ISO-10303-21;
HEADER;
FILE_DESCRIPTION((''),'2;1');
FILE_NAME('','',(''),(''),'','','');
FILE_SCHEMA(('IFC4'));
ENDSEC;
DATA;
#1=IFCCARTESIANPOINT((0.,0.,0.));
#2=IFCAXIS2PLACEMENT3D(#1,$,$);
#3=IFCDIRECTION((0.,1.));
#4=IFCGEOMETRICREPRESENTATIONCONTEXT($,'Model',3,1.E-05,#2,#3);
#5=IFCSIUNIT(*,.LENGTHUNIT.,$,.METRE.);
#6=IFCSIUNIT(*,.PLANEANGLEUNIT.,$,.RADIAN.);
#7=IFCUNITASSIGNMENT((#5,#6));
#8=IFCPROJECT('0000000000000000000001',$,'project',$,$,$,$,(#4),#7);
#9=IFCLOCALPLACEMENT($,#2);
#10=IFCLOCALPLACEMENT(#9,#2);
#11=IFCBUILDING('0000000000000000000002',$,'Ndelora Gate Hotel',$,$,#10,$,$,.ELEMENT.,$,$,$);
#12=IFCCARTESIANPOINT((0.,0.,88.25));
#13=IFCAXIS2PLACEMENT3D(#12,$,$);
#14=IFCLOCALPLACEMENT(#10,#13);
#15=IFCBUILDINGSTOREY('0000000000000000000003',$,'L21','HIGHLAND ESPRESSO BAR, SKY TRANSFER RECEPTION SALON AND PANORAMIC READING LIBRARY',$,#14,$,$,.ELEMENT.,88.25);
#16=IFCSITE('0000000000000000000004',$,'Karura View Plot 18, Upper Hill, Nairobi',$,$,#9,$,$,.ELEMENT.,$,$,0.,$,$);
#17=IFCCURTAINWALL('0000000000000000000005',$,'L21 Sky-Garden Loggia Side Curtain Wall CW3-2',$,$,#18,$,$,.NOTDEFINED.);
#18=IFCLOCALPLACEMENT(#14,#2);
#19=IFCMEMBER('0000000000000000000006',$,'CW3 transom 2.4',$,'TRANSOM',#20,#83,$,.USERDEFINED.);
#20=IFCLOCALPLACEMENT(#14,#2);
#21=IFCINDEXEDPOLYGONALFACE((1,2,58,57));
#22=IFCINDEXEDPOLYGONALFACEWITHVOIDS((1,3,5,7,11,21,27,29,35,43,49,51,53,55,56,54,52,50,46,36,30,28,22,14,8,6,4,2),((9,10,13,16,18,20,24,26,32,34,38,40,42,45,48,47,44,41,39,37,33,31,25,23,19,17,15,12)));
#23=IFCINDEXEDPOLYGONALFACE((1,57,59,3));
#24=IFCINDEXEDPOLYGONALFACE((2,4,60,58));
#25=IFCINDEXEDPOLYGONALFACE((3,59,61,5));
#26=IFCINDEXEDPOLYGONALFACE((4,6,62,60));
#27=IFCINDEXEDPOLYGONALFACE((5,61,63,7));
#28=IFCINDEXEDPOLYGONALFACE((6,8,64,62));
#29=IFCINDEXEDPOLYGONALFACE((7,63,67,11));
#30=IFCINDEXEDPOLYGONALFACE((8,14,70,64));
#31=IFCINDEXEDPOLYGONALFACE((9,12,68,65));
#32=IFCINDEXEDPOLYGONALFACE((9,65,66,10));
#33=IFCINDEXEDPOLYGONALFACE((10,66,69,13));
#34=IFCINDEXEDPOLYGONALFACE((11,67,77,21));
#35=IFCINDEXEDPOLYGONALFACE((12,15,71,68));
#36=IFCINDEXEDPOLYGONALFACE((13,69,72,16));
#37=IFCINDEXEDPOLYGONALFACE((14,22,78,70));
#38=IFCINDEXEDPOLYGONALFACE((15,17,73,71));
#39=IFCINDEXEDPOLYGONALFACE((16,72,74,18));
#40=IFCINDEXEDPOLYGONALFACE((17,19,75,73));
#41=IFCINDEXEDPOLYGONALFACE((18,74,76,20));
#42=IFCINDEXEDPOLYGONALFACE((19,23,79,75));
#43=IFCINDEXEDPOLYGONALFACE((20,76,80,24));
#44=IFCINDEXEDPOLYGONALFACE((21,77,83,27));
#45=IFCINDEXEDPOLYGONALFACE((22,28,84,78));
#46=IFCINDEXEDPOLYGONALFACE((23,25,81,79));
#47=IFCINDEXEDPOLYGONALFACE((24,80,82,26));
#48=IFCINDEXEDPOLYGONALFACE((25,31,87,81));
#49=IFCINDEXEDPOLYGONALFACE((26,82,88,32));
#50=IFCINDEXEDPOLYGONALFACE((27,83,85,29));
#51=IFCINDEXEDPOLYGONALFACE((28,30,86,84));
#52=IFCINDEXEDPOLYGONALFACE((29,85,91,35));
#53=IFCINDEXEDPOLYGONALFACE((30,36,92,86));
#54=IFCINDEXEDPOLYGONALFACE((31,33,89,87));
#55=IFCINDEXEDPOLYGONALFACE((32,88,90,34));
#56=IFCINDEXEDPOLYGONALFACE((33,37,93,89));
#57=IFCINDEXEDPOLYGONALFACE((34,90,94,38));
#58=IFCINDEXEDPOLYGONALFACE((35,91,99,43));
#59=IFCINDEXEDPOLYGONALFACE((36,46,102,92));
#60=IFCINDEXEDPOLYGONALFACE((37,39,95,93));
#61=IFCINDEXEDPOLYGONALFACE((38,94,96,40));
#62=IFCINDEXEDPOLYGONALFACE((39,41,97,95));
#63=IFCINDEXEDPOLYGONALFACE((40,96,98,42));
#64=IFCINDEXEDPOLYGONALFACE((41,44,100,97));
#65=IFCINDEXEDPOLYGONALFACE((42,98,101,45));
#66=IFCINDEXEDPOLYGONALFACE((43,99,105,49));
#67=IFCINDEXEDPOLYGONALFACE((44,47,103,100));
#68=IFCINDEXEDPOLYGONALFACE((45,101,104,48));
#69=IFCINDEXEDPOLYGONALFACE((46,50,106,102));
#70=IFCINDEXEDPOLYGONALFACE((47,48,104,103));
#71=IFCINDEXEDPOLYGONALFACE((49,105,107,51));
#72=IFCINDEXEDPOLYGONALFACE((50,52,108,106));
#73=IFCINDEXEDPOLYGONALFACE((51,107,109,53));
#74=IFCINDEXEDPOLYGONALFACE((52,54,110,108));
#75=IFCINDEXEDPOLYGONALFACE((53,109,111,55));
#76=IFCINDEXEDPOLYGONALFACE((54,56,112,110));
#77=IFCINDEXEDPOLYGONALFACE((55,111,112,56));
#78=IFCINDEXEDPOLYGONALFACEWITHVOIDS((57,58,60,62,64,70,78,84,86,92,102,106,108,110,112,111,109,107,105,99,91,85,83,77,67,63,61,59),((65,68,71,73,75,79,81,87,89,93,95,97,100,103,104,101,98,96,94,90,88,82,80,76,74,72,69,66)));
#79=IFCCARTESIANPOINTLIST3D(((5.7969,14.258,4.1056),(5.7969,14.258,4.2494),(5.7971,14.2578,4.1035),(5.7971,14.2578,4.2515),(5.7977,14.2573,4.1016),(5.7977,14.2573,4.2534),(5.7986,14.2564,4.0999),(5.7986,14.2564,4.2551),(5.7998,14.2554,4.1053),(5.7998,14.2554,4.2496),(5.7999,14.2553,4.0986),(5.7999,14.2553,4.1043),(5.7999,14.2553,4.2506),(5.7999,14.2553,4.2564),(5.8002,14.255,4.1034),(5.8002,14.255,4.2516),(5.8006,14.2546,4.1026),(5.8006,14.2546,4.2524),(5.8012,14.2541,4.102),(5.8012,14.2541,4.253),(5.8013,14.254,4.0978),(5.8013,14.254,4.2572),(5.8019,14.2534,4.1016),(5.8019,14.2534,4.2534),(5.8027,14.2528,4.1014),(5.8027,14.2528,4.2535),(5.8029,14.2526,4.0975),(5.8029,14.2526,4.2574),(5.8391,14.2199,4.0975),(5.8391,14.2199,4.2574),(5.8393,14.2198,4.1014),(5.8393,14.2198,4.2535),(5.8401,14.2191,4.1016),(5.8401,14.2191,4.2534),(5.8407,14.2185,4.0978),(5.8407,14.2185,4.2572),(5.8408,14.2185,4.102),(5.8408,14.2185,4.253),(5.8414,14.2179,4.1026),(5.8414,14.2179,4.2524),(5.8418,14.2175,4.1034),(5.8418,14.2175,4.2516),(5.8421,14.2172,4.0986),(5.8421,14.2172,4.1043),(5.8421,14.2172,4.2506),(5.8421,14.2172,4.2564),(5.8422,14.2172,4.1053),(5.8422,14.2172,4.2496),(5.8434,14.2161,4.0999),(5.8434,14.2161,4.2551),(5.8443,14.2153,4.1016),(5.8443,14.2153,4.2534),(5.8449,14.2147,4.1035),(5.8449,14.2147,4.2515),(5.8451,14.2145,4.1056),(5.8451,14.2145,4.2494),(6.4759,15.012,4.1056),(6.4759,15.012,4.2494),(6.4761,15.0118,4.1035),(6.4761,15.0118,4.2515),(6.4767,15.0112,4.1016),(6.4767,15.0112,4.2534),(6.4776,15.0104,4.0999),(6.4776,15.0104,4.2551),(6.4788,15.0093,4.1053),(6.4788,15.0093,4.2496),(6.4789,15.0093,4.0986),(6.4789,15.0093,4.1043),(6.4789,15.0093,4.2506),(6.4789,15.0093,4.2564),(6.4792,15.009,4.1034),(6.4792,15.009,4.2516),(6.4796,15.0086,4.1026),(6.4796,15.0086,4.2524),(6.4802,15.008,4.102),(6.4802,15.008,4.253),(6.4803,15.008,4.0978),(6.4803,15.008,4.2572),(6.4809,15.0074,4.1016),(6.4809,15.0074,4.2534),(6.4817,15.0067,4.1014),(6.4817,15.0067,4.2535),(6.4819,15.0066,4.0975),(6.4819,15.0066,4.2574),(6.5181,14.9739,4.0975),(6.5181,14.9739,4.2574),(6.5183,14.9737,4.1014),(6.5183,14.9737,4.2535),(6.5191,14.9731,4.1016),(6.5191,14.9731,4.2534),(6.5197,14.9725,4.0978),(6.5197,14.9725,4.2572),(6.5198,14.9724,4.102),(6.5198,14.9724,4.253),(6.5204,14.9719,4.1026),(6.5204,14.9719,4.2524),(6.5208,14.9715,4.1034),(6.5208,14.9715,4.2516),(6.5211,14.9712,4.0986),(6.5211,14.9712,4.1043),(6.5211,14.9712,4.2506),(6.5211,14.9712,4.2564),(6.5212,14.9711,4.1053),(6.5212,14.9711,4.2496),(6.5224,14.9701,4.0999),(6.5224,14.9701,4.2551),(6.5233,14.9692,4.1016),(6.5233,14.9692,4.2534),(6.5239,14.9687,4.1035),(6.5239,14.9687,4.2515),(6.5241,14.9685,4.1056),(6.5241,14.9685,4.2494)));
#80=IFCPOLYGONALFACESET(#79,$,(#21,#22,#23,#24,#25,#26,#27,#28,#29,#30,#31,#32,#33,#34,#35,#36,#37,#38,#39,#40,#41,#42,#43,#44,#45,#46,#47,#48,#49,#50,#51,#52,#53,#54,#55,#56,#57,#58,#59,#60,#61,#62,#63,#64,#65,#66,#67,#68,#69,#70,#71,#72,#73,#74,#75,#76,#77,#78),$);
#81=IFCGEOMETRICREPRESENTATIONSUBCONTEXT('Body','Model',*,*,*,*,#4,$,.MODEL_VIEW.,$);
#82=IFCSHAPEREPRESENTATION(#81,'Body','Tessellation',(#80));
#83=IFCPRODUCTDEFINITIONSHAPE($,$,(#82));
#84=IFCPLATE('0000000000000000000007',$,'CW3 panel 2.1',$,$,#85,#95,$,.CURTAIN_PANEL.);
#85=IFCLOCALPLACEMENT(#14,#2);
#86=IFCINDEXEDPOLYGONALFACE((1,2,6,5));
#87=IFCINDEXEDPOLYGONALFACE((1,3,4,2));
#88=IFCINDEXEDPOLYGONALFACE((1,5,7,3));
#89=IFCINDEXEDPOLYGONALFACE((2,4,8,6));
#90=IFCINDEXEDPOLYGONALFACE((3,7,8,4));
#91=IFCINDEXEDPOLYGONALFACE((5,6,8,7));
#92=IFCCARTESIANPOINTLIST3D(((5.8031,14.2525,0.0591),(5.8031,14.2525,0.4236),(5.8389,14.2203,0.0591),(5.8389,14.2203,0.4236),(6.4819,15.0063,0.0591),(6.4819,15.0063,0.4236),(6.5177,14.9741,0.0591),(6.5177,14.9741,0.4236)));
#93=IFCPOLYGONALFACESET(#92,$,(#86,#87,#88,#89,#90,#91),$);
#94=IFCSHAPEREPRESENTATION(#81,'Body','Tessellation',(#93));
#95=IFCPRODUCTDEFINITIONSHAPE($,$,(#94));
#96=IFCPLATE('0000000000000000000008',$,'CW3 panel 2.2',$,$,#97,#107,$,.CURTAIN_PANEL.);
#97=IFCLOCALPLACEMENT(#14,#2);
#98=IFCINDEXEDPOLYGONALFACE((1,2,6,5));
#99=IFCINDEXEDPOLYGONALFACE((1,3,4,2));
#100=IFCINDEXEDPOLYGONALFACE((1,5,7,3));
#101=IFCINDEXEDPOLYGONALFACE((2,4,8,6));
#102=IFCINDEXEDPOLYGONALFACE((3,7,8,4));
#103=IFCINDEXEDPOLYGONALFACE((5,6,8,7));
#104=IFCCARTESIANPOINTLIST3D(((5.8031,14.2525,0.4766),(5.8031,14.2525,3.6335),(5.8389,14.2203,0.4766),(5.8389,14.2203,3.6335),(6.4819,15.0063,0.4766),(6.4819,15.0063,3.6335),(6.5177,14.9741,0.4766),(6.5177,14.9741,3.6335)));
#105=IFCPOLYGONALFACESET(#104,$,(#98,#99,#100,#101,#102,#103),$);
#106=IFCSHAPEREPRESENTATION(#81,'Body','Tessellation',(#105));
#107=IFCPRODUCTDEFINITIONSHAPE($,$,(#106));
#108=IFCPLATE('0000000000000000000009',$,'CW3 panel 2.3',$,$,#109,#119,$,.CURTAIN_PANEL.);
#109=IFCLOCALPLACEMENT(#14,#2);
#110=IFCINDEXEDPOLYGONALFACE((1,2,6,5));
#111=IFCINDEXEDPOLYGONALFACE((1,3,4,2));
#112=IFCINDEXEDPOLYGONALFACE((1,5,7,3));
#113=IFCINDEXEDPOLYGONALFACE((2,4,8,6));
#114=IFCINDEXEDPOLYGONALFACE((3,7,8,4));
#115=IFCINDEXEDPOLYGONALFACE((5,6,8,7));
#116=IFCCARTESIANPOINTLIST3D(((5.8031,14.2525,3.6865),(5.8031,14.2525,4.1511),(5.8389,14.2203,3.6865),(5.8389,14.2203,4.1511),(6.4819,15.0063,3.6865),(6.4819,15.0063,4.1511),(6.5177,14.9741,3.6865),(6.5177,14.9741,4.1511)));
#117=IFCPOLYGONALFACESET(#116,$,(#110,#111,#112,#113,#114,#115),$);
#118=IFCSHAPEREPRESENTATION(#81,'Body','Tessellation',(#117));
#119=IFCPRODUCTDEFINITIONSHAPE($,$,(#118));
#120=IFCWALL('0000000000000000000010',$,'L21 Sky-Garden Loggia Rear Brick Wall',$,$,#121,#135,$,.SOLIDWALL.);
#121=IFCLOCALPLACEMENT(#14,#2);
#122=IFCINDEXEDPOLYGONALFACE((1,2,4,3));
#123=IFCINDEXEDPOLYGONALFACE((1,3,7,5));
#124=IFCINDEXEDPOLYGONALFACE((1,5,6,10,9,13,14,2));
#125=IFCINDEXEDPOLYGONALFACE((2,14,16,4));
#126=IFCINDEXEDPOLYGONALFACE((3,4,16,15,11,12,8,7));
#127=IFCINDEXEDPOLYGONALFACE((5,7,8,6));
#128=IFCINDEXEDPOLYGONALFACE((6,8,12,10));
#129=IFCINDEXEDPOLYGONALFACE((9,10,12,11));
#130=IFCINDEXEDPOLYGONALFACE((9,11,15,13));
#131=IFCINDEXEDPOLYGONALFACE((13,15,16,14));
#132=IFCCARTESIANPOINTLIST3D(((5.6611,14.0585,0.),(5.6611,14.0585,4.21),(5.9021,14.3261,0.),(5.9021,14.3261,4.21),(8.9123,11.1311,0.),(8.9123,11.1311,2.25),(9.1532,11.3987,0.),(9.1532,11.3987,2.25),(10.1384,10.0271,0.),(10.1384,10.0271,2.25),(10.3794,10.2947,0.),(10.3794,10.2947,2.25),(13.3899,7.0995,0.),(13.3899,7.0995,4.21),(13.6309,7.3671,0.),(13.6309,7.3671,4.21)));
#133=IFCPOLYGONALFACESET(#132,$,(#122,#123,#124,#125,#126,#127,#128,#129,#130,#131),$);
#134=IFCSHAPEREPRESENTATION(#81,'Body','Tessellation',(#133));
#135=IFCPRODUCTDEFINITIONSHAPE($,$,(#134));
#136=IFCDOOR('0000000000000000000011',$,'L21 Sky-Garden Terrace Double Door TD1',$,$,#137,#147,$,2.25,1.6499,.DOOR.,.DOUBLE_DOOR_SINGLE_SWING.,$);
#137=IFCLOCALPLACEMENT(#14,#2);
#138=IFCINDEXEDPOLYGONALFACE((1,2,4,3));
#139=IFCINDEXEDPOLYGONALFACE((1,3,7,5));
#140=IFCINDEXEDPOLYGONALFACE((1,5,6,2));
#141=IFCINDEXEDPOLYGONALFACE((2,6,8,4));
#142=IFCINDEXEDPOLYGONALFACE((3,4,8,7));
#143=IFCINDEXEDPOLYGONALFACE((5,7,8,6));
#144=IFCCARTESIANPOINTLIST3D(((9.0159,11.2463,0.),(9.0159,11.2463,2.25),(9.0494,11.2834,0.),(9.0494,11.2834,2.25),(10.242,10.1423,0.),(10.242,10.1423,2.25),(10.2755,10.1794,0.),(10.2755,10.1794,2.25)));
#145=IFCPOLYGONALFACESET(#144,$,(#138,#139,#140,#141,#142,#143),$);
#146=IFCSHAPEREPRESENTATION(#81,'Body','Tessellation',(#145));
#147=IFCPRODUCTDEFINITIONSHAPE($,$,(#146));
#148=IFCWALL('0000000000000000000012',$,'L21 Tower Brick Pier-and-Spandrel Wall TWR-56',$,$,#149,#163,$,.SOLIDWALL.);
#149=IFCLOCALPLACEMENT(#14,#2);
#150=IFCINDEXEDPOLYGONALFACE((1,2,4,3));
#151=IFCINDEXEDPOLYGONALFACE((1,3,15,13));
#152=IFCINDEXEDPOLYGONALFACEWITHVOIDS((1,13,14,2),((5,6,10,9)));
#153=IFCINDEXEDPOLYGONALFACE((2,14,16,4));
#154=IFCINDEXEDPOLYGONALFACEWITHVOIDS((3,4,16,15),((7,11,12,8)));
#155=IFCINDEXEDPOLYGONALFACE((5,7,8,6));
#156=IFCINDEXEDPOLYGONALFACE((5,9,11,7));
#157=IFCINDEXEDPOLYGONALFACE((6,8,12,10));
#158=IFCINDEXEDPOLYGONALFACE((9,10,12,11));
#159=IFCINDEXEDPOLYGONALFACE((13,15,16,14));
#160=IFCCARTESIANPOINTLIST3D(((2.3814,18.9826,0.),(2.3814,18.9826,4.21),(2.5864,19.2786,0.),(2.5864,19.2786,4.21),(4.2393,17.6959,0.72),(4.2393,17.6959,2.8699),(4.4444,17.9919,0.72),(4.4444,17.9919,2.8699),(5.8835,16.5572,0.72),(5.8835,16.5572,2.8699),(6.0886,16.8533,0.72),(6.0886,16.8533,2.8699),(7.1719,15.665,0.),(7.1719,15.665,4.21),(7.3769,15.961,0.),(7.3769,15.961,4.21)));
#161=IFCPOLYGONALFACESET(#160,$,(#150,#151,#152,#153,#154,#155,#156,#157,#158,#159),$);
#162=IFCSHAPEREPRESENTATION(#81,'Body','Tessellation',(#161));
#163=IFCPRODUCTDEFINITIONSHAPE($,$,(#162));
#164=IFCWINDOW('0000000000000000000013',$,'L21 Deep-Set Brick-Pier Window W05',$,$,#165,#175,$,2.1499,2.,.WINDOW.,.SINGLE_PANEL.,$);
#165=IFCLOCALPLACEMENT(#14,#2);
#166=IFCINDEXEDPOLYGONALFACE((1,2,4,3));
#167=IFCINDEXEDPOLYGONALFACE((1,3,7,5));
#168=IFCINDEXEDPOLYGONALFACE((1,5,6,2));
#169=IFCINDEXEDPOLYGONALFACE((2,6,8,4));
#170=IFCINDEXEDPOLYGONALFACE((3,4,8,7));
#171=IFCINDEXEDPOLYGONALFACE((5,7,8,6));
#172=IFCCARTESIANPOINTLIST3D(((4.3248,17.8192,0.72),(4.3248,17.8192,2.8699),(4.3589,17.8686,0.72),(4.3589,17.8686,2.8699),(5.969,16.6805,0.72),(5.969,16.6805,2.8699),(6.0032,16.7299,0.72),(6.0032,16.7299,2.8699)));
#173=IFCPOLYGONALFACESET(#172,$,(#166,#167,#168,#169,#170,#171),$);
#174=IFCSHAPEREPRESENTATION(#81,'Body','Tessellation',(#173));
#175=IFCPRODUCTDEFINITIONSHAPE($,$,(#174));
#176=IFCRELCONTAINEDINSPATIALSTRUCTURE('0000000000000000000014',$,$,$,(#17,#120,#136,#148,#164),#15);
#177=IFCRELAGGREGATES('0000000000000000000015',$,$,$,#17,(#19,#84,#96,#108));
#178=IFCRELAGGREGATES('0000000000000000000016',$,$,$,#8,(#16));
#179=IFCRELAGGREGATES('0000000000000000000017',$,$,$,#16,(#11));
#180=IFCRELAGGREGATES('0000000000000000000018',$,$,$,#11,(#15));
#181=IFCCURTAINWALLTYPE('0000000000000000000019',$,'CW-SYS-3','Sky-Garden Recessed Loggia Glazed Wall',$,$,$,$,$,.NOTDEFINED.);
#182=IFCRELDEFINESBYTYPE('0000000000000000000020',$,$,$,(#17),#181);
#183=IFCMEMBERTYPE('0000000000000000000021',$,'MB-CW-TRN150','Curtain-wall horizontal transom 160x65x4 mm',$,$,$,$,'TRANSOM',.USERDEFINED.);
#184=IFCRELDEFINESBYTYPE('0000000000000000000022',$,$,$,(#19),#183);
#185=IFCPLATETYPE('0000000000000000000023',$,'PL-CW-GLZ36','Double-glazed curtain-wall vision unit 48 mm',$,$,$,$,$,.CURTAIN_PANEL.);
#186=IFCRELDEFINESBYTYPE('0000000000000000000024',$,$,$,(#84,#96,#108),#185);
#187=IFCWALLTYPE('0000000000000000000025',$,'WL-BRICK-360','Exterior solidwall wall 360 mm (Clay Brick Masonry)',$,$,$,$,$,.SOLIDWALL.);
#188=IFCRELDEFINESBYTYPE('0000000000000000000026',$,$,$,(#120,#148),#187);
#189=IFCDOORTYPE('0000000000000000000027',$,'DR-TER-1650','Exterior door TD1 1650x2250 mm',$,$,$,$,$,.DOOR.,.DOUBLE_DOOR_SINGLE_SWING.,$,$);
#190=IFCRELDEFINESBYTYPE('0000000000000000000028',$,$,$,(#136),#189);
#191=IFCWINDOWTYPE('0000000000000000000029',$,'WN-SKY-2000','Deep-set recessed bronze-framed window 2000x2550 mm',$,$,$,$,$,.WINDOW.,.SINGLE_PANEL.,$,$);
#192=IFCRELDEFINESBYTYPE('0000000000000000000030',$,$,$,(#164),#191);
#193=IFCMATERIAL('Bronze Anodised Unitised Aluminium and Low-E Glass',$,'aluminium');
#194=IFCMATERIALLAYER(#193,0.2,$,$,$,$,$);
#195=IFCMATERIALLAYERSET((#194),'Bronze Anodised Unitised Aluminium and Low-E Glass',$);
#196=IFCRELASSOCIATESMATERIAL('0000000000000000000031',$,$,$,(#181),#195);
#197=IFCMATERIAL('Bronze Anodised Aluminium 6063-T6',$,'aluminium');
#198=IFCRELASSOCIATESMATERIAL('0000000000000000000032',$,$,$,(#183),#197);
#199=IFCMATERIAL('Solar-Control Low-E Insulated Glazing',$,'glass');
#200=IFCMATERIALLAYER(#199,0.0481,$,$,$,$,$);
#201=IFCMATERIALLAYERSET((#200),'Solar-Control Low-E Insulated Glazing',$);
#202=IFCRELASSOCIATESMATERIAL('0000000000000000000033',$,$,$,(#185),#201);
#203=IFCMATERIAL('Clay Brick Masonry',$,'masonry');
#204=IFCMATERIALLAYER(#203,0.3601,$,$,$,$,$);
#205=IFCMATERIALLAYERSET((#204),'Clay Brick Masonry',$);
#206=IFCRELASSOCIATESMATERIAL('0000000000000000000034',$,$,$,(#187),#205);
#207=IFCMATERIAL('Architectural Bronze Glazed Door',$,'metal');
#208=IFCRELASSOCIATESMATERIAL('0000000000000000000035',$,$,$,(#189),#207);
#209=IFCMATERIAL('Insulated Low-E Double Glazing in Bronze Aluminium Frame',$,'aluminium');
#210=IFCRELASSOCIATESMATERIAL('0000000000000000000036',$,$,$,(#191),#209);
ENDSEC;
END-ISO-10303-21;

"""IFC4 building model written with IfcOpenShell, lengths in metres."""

from ifc_helpers import new_model, si_unit, direction, frame, frame_2d, origin, origin_2d, place, context, subcontext, project, spatial, rectangle, hollow_rectangle, extrude, material, layer, layer_set, material_profile, profile_set, type_object, element, fill, aggregate, save


model = new_model("IFC4")

# Units and contexts
model_context = context("Model", 3, precision=1e-05, world=origin(), true_north=direction((0.0, 1.0)))
body_context = subcontext(model_context, "Body", "Model", "MODEL_VIEW")
ifc_project = project(units=[si_unit("LENGTHUNIT", "METRE"), si_unit("PLANEANGLEUNIT", "RADIAN")], contexts=[model_context])

# Site, building, storey
site_placement = place(None, origin())
site = spatial("IfcSite", under=ifc_project, at=site_placement, Name="Karura View Plot 18, Upper Hill, Nairobi", CompositionType="ELEMENT", RefElevation=0.0)
building_placement = place(site_placement, origin())
building = spatial("IfcBuilding", under=site, at=building_placement, Name="Ndelora Gate Hotel", CompositionType="ELEMENT")
storey_placement = place(building_placement, frame((0.0, 0.0, 88.25)))
storey = spatial("IfcBuildingStorey", under=building, at=storey_placement, Name="L21", Description="HIGHLAND ESPRESSO BAR, SKY TRANSFER RECEPTION SALON AND PANORAMIC READING LIBRARY", CompositionType="ELEMENT", Elevation=88.25)

# Curtain wall, member, plates
ifc_material_1 = material(Name="Bronze Anodised Unitised Aluminium and Low-E Glass", Category="aluminium")
ifc_layer_1 = layer(ifc_material_1, 0.2)
ifc_layer_set_1 = layer_set([ifc_layer_1], Name="Bronze Anodised Unitised Aluminium and Low-E Glass")
curtain_wall_type = type_object("IfcCurtainWallType", Name="CW-SYS-3", Description="Sky-Garden Recessed Loggia Glazed Wall", PredefinedType="NOTDEFINED", material=ifc_layer_set_1)
curtain_wall_placement = place(storey_placement, origin())
curtain_wall = element("IfcCurtainWall", 1, at=curtain_wall_placement, inside=storey, type_object=curtain_wall_type, Name="L21 Sky-Garden Loggia Side Curtain Wall CW3-2", PredefinedType="NOTDEFINED")
ifc_material_2 = material(Name="Bronze Anodised Aluminium 6063-T6", Category="aluminium")
ifc_material_profile_1 = material_profile(ifc_material_2, hollow_rectangle(XDim=0.0649, YDim=0.1599, WallThickness=0.0039, InnerFilletRadius=0.0039, OuterFilletRadius=0.0081, at=origin_2d()), Name="ALU 160x65x4")
ifc_profile_set_1 = profile_set([ifc_material_profile_1], Name="Bronze Anodised Aluminium 6063-T6")
member_type_1 = type_object("IfcMemberType", Name="MB-CW-TRN150", Description="Curtain-wall horizontal transom 160x65x4 mm", ElementType="TRANSOM", PredefinedType="USERDEFINED", material=ifc_profile_set_1)
member_1_placement = place(storey_placement, frame((6.5, 14.9902, 4.1775), z_axis=(-0.669204, -0.743079, 0.0), x_axis=(0.743079, -0.669204, 0.0)))
member_1 = element("IfcMember", 2, at=member_1_placement, type_object=member_type_1, Name="CW3 transom 2.4", ObjectType="TRANSOM", PredefinedType="USERDEFINED", context=body_context, shape_type="SweptSolid", body=[
    extrude(hollow_rectangle(XDim=0.0649, YDim=0.1599, WallThickness=0.0039, InnerFilletRadius=0.0039, OuterFilletRadius=0.0081, at=origin_2d()), origin(), (0.0, 0.0, 1.0), 1.0146),
])
ifc_material_3 = material(Name="Solar-Control Low-E Insulated Glazing", Category="glass")
ifc_layer_2 = layer(ifc_material_3, 0.0481)
ifc_layer_set_2 = layer_set([ifc_layer_2], Name="Solar-Control Low-E Insulated Glazing")
plate_type = type_object("IfcPlateType", Name="PL-CW-GLZ36", Description="Double-glazed curtain-wall vision unit 48 mm", PredefinedType="CURTAIN_PANEL", material=ifc_layer_set_2)
plate_1_placement = place(storey_placement, frame((6.1604, 14.6133, 0.0591), z_axis=(0.0, 0.0, 1.0), x_axis=(-0.669138, -0.743138, 0.0)))
plate_1 = element("IfcPlate", 3, at=plate_1_placement, type_object=plate_type, Name="CW3 panel 2.1", PredefinedType="CURTAIN_PANEL", context=body_context, shape_type="SweptSolid", body=[
    extrude(rectangle(XDim=1.0144, YDim=0.0481, at=origin_2d()), origin(), (0.0, 0.0, 1.0), 0.3645),
])
plate_2_placement = place(storey_placement, frame((6.1604, 14.6133, 0.4766), z_axis=(0.0, 0.0, 1.0), x_axis=(-0.669138, -0.743138, 0.0)))
plate_2 = element("IfcPlate", 4, at=plate_2_placement, type_object=plate_type, Name="CW3 panel 2.2", PredefinedType="CURTAIN_PANEL", context=body_context, shape_type="SweptSolid", body=[
    extrude(rectangle(XDim=1.0144, YDim=0.0481, at=origin_2d()), origin(), (0.0, 0.0, 1.0), 3.157),
])
plate_3_placement = place(storey_placement, frame((6.1604, 14.6133, 3.6865), z_axis=(0.0, 0.0, 1.0), x_axis=(-0.669138, -0.743138, 0.0)))
plate_3 = element("IfcPlate", 5, at=plate_3_placement, type_object=plate_type, Name="CW3 panel 2.3", PredefinedType="CURTAIN_PANEL", context=body_context, shape_type="SweptSolid", body=[
    extrude(rectangle(XDim=1.0144, YDim=0.0481, at=origin_2d()), origin(), (0.0, 0.0, 1.0), 0.4646),
])
aggregate(curtain_wall, [member_1, plate_1, plate_2, plate_3])

# Wall, opening, door
ifc_material_4 = material(Name="Clay Brick Masonry", Category="masonry")
ifc_layer_3 = layer(ifc_material_4, 0.3601)
ifc_layer_set_3 = layer_set([ifc_layer_3], Name="Clay Brick Masonry")
wall_type_1 = type_object("IfcWallType", Name="WL-BRICK-360", Description="Exterior solidwall wall 360 mm (Clay Brick Masonry)", PredefinedType="SOLIDWALL", material=ifc_layer_set_3)
wall_1_placement = place(storey_placement, frame((5.7815, 14.1924, 0.0), z_axis=(0.0, 0.0, 1.0), x_axis=(0.743146, -0.669129, 0.0)))
wall_1 = element("IfcWall", 6, at=wall_1_placement, inside=storey, type_object=wall_type_1, Name="L21 Sky-Garden Loggia Rear Brick Wall", PredefinedType="SOLIDWALL", context=body_context, shape_type="SweptSolid", body=[
    extrude(rectangle(XDim=10.4001, YDim=0.3601, at=frame_2d((5.2002, 0.0))), origin(), (0.0, 0.0, 1.0), 4.21),
])
opening_1_placement = place(wall_1_placement, frame((4.375, 0.0, 0.0)))
opening_1 = element("IfcOpeningElement", 7, at=opening_1_placement, cuts=wall_1, PredefinedType="OPENING", context=body_context, shape_type="SweptSolid", body=[
    extrude(rectangle(XDim=1.6499, YDim=2.25, at=frame_2d((0.825, 1.125))), frame((0.0, 0.1899, 0.0), z_axis=(0.0, -1.0, 0.0), x_axis=(1.0, 0.0, 0.0)), (0.0, 0.0, 1.0), 0.3801),
])
ifc_material_5 = material(Name="Architectural Bronze Glazed Door", Category="metal")
door_type = type_object("IfcDoorType", Name="DR-TER-1650", Description="Exterior door TD1 1650x2250 mm", OperationType="DOUBLE_DOOR_SINGLE_SWING", PredefinedType="DOOR", material=ifc_material_5)
door_placement = place(opening_1_placement, origin())
door = element("IfcDoor", 8, at=door_placement, inside=storey, type_object=door_type, Name="L21 Sky-Garden Terrace Double Door TD1", OperationType="DOUBLE_DOOR_SINGLE_SWING", OverallHeight=2.25, OverallWidth=1.6499, PredefinedType="DOOR", context=body_context, shape_type="SweptSolid", body=[
    extrude(rectangle(XDim=1.6499, YDim=2.25, at=frame_2d((0.825, 1.125))), frame((0.0, 0.0249, 0.0), z_axis=(0.0, -1.0, 0.0), x_axis=(1.0, 0.0, 0.0)), (0.0, 0.0, 1.0), 0.05),
])
fill(opening_1, door)

# Wall, opening, window
wall_2_placement = place(storey_placement, frame((2.4839, 19.1306, 0.0), z_axis=(0.0, 0.0, 1.0), x_axis=(0.822103, -0.569339, 0.0)))
wall_2 = element("IfcWall", 9, at=wall_2_placement, inside=storey, type_object=wall_type_1, Name="L21 Tower Brick Pier-and-Spandrel Wall TWR-56", PredefinedType="SOLIDWALL", context=body_context, shape_type="SweptSolid", body=[
    extrude(rectangle(XDim=5.8271, YDim=0.3601, at=frame_2d((2.9136, 0.0))), origin(), (0.0, 0.0, 1.0), 4.21),
])
opening_2_placement = place(wall_2_placement, frame((2.26, 0.0, 0.72)))
opening_2 = element("IfcOpeningElement", 10, at=opening_2_placement, cuts=wall_2, PredefinedType="OPENING", context=body_context, shape_type="SweptSolid", body=[
    extrude(rectangle(XDim=2.0, YDim=2.1499, at=frame_2d((1.0, 1.075))), frame((0.0, 0.1899, 0.0), z_axis=(0.0, -1.0, 0.0), x_axis=(1.0, 0.0, 0.0)), (0.0, 0.0, 1.0), 0.3801),
])
ifc_material_6 = material(Name="Insulated Low-E Double Glazing in Bronze Aluminium Frame", Category="aluminium")
window_type = type_object("IfcWindowType", Name="WN-SKY-2000", Description="Deep-set recessed bronze-framed window 2000x2550 mm", PartitioningType="SINGLE_PANEL", PredefinedType="WINDOW", material=ifc_material_6)
window_1_placement = place(opening_2_placement, origin())
window_1 = element("IfcWindow", 11, at=window_1_placement, inside=storey, type_object=window_type, Name="L21 Deep-Set Brick-Pier Window W05", OverallHeight=2.1499, OverallWidth=2.0, PartitioningType="SINGLE_PANEL", PredefinedType="WINDOW", context=body_context, shape_type="SweptSolid", body=[
    extrude(rectangle(XDim=2.0, YDim=2.1499, at=frame_2d((1.0, 1.075))), frame((0.0, 0.03, 0.0), z_axis=(0.0, -1.0, 0.0), x_axis=(1.0, 0.0, 0.0)), (0.0, 0.0, 1.0), 0.0601),
])
fill(opening_2, window_1)

save(model, "model.ifc")
